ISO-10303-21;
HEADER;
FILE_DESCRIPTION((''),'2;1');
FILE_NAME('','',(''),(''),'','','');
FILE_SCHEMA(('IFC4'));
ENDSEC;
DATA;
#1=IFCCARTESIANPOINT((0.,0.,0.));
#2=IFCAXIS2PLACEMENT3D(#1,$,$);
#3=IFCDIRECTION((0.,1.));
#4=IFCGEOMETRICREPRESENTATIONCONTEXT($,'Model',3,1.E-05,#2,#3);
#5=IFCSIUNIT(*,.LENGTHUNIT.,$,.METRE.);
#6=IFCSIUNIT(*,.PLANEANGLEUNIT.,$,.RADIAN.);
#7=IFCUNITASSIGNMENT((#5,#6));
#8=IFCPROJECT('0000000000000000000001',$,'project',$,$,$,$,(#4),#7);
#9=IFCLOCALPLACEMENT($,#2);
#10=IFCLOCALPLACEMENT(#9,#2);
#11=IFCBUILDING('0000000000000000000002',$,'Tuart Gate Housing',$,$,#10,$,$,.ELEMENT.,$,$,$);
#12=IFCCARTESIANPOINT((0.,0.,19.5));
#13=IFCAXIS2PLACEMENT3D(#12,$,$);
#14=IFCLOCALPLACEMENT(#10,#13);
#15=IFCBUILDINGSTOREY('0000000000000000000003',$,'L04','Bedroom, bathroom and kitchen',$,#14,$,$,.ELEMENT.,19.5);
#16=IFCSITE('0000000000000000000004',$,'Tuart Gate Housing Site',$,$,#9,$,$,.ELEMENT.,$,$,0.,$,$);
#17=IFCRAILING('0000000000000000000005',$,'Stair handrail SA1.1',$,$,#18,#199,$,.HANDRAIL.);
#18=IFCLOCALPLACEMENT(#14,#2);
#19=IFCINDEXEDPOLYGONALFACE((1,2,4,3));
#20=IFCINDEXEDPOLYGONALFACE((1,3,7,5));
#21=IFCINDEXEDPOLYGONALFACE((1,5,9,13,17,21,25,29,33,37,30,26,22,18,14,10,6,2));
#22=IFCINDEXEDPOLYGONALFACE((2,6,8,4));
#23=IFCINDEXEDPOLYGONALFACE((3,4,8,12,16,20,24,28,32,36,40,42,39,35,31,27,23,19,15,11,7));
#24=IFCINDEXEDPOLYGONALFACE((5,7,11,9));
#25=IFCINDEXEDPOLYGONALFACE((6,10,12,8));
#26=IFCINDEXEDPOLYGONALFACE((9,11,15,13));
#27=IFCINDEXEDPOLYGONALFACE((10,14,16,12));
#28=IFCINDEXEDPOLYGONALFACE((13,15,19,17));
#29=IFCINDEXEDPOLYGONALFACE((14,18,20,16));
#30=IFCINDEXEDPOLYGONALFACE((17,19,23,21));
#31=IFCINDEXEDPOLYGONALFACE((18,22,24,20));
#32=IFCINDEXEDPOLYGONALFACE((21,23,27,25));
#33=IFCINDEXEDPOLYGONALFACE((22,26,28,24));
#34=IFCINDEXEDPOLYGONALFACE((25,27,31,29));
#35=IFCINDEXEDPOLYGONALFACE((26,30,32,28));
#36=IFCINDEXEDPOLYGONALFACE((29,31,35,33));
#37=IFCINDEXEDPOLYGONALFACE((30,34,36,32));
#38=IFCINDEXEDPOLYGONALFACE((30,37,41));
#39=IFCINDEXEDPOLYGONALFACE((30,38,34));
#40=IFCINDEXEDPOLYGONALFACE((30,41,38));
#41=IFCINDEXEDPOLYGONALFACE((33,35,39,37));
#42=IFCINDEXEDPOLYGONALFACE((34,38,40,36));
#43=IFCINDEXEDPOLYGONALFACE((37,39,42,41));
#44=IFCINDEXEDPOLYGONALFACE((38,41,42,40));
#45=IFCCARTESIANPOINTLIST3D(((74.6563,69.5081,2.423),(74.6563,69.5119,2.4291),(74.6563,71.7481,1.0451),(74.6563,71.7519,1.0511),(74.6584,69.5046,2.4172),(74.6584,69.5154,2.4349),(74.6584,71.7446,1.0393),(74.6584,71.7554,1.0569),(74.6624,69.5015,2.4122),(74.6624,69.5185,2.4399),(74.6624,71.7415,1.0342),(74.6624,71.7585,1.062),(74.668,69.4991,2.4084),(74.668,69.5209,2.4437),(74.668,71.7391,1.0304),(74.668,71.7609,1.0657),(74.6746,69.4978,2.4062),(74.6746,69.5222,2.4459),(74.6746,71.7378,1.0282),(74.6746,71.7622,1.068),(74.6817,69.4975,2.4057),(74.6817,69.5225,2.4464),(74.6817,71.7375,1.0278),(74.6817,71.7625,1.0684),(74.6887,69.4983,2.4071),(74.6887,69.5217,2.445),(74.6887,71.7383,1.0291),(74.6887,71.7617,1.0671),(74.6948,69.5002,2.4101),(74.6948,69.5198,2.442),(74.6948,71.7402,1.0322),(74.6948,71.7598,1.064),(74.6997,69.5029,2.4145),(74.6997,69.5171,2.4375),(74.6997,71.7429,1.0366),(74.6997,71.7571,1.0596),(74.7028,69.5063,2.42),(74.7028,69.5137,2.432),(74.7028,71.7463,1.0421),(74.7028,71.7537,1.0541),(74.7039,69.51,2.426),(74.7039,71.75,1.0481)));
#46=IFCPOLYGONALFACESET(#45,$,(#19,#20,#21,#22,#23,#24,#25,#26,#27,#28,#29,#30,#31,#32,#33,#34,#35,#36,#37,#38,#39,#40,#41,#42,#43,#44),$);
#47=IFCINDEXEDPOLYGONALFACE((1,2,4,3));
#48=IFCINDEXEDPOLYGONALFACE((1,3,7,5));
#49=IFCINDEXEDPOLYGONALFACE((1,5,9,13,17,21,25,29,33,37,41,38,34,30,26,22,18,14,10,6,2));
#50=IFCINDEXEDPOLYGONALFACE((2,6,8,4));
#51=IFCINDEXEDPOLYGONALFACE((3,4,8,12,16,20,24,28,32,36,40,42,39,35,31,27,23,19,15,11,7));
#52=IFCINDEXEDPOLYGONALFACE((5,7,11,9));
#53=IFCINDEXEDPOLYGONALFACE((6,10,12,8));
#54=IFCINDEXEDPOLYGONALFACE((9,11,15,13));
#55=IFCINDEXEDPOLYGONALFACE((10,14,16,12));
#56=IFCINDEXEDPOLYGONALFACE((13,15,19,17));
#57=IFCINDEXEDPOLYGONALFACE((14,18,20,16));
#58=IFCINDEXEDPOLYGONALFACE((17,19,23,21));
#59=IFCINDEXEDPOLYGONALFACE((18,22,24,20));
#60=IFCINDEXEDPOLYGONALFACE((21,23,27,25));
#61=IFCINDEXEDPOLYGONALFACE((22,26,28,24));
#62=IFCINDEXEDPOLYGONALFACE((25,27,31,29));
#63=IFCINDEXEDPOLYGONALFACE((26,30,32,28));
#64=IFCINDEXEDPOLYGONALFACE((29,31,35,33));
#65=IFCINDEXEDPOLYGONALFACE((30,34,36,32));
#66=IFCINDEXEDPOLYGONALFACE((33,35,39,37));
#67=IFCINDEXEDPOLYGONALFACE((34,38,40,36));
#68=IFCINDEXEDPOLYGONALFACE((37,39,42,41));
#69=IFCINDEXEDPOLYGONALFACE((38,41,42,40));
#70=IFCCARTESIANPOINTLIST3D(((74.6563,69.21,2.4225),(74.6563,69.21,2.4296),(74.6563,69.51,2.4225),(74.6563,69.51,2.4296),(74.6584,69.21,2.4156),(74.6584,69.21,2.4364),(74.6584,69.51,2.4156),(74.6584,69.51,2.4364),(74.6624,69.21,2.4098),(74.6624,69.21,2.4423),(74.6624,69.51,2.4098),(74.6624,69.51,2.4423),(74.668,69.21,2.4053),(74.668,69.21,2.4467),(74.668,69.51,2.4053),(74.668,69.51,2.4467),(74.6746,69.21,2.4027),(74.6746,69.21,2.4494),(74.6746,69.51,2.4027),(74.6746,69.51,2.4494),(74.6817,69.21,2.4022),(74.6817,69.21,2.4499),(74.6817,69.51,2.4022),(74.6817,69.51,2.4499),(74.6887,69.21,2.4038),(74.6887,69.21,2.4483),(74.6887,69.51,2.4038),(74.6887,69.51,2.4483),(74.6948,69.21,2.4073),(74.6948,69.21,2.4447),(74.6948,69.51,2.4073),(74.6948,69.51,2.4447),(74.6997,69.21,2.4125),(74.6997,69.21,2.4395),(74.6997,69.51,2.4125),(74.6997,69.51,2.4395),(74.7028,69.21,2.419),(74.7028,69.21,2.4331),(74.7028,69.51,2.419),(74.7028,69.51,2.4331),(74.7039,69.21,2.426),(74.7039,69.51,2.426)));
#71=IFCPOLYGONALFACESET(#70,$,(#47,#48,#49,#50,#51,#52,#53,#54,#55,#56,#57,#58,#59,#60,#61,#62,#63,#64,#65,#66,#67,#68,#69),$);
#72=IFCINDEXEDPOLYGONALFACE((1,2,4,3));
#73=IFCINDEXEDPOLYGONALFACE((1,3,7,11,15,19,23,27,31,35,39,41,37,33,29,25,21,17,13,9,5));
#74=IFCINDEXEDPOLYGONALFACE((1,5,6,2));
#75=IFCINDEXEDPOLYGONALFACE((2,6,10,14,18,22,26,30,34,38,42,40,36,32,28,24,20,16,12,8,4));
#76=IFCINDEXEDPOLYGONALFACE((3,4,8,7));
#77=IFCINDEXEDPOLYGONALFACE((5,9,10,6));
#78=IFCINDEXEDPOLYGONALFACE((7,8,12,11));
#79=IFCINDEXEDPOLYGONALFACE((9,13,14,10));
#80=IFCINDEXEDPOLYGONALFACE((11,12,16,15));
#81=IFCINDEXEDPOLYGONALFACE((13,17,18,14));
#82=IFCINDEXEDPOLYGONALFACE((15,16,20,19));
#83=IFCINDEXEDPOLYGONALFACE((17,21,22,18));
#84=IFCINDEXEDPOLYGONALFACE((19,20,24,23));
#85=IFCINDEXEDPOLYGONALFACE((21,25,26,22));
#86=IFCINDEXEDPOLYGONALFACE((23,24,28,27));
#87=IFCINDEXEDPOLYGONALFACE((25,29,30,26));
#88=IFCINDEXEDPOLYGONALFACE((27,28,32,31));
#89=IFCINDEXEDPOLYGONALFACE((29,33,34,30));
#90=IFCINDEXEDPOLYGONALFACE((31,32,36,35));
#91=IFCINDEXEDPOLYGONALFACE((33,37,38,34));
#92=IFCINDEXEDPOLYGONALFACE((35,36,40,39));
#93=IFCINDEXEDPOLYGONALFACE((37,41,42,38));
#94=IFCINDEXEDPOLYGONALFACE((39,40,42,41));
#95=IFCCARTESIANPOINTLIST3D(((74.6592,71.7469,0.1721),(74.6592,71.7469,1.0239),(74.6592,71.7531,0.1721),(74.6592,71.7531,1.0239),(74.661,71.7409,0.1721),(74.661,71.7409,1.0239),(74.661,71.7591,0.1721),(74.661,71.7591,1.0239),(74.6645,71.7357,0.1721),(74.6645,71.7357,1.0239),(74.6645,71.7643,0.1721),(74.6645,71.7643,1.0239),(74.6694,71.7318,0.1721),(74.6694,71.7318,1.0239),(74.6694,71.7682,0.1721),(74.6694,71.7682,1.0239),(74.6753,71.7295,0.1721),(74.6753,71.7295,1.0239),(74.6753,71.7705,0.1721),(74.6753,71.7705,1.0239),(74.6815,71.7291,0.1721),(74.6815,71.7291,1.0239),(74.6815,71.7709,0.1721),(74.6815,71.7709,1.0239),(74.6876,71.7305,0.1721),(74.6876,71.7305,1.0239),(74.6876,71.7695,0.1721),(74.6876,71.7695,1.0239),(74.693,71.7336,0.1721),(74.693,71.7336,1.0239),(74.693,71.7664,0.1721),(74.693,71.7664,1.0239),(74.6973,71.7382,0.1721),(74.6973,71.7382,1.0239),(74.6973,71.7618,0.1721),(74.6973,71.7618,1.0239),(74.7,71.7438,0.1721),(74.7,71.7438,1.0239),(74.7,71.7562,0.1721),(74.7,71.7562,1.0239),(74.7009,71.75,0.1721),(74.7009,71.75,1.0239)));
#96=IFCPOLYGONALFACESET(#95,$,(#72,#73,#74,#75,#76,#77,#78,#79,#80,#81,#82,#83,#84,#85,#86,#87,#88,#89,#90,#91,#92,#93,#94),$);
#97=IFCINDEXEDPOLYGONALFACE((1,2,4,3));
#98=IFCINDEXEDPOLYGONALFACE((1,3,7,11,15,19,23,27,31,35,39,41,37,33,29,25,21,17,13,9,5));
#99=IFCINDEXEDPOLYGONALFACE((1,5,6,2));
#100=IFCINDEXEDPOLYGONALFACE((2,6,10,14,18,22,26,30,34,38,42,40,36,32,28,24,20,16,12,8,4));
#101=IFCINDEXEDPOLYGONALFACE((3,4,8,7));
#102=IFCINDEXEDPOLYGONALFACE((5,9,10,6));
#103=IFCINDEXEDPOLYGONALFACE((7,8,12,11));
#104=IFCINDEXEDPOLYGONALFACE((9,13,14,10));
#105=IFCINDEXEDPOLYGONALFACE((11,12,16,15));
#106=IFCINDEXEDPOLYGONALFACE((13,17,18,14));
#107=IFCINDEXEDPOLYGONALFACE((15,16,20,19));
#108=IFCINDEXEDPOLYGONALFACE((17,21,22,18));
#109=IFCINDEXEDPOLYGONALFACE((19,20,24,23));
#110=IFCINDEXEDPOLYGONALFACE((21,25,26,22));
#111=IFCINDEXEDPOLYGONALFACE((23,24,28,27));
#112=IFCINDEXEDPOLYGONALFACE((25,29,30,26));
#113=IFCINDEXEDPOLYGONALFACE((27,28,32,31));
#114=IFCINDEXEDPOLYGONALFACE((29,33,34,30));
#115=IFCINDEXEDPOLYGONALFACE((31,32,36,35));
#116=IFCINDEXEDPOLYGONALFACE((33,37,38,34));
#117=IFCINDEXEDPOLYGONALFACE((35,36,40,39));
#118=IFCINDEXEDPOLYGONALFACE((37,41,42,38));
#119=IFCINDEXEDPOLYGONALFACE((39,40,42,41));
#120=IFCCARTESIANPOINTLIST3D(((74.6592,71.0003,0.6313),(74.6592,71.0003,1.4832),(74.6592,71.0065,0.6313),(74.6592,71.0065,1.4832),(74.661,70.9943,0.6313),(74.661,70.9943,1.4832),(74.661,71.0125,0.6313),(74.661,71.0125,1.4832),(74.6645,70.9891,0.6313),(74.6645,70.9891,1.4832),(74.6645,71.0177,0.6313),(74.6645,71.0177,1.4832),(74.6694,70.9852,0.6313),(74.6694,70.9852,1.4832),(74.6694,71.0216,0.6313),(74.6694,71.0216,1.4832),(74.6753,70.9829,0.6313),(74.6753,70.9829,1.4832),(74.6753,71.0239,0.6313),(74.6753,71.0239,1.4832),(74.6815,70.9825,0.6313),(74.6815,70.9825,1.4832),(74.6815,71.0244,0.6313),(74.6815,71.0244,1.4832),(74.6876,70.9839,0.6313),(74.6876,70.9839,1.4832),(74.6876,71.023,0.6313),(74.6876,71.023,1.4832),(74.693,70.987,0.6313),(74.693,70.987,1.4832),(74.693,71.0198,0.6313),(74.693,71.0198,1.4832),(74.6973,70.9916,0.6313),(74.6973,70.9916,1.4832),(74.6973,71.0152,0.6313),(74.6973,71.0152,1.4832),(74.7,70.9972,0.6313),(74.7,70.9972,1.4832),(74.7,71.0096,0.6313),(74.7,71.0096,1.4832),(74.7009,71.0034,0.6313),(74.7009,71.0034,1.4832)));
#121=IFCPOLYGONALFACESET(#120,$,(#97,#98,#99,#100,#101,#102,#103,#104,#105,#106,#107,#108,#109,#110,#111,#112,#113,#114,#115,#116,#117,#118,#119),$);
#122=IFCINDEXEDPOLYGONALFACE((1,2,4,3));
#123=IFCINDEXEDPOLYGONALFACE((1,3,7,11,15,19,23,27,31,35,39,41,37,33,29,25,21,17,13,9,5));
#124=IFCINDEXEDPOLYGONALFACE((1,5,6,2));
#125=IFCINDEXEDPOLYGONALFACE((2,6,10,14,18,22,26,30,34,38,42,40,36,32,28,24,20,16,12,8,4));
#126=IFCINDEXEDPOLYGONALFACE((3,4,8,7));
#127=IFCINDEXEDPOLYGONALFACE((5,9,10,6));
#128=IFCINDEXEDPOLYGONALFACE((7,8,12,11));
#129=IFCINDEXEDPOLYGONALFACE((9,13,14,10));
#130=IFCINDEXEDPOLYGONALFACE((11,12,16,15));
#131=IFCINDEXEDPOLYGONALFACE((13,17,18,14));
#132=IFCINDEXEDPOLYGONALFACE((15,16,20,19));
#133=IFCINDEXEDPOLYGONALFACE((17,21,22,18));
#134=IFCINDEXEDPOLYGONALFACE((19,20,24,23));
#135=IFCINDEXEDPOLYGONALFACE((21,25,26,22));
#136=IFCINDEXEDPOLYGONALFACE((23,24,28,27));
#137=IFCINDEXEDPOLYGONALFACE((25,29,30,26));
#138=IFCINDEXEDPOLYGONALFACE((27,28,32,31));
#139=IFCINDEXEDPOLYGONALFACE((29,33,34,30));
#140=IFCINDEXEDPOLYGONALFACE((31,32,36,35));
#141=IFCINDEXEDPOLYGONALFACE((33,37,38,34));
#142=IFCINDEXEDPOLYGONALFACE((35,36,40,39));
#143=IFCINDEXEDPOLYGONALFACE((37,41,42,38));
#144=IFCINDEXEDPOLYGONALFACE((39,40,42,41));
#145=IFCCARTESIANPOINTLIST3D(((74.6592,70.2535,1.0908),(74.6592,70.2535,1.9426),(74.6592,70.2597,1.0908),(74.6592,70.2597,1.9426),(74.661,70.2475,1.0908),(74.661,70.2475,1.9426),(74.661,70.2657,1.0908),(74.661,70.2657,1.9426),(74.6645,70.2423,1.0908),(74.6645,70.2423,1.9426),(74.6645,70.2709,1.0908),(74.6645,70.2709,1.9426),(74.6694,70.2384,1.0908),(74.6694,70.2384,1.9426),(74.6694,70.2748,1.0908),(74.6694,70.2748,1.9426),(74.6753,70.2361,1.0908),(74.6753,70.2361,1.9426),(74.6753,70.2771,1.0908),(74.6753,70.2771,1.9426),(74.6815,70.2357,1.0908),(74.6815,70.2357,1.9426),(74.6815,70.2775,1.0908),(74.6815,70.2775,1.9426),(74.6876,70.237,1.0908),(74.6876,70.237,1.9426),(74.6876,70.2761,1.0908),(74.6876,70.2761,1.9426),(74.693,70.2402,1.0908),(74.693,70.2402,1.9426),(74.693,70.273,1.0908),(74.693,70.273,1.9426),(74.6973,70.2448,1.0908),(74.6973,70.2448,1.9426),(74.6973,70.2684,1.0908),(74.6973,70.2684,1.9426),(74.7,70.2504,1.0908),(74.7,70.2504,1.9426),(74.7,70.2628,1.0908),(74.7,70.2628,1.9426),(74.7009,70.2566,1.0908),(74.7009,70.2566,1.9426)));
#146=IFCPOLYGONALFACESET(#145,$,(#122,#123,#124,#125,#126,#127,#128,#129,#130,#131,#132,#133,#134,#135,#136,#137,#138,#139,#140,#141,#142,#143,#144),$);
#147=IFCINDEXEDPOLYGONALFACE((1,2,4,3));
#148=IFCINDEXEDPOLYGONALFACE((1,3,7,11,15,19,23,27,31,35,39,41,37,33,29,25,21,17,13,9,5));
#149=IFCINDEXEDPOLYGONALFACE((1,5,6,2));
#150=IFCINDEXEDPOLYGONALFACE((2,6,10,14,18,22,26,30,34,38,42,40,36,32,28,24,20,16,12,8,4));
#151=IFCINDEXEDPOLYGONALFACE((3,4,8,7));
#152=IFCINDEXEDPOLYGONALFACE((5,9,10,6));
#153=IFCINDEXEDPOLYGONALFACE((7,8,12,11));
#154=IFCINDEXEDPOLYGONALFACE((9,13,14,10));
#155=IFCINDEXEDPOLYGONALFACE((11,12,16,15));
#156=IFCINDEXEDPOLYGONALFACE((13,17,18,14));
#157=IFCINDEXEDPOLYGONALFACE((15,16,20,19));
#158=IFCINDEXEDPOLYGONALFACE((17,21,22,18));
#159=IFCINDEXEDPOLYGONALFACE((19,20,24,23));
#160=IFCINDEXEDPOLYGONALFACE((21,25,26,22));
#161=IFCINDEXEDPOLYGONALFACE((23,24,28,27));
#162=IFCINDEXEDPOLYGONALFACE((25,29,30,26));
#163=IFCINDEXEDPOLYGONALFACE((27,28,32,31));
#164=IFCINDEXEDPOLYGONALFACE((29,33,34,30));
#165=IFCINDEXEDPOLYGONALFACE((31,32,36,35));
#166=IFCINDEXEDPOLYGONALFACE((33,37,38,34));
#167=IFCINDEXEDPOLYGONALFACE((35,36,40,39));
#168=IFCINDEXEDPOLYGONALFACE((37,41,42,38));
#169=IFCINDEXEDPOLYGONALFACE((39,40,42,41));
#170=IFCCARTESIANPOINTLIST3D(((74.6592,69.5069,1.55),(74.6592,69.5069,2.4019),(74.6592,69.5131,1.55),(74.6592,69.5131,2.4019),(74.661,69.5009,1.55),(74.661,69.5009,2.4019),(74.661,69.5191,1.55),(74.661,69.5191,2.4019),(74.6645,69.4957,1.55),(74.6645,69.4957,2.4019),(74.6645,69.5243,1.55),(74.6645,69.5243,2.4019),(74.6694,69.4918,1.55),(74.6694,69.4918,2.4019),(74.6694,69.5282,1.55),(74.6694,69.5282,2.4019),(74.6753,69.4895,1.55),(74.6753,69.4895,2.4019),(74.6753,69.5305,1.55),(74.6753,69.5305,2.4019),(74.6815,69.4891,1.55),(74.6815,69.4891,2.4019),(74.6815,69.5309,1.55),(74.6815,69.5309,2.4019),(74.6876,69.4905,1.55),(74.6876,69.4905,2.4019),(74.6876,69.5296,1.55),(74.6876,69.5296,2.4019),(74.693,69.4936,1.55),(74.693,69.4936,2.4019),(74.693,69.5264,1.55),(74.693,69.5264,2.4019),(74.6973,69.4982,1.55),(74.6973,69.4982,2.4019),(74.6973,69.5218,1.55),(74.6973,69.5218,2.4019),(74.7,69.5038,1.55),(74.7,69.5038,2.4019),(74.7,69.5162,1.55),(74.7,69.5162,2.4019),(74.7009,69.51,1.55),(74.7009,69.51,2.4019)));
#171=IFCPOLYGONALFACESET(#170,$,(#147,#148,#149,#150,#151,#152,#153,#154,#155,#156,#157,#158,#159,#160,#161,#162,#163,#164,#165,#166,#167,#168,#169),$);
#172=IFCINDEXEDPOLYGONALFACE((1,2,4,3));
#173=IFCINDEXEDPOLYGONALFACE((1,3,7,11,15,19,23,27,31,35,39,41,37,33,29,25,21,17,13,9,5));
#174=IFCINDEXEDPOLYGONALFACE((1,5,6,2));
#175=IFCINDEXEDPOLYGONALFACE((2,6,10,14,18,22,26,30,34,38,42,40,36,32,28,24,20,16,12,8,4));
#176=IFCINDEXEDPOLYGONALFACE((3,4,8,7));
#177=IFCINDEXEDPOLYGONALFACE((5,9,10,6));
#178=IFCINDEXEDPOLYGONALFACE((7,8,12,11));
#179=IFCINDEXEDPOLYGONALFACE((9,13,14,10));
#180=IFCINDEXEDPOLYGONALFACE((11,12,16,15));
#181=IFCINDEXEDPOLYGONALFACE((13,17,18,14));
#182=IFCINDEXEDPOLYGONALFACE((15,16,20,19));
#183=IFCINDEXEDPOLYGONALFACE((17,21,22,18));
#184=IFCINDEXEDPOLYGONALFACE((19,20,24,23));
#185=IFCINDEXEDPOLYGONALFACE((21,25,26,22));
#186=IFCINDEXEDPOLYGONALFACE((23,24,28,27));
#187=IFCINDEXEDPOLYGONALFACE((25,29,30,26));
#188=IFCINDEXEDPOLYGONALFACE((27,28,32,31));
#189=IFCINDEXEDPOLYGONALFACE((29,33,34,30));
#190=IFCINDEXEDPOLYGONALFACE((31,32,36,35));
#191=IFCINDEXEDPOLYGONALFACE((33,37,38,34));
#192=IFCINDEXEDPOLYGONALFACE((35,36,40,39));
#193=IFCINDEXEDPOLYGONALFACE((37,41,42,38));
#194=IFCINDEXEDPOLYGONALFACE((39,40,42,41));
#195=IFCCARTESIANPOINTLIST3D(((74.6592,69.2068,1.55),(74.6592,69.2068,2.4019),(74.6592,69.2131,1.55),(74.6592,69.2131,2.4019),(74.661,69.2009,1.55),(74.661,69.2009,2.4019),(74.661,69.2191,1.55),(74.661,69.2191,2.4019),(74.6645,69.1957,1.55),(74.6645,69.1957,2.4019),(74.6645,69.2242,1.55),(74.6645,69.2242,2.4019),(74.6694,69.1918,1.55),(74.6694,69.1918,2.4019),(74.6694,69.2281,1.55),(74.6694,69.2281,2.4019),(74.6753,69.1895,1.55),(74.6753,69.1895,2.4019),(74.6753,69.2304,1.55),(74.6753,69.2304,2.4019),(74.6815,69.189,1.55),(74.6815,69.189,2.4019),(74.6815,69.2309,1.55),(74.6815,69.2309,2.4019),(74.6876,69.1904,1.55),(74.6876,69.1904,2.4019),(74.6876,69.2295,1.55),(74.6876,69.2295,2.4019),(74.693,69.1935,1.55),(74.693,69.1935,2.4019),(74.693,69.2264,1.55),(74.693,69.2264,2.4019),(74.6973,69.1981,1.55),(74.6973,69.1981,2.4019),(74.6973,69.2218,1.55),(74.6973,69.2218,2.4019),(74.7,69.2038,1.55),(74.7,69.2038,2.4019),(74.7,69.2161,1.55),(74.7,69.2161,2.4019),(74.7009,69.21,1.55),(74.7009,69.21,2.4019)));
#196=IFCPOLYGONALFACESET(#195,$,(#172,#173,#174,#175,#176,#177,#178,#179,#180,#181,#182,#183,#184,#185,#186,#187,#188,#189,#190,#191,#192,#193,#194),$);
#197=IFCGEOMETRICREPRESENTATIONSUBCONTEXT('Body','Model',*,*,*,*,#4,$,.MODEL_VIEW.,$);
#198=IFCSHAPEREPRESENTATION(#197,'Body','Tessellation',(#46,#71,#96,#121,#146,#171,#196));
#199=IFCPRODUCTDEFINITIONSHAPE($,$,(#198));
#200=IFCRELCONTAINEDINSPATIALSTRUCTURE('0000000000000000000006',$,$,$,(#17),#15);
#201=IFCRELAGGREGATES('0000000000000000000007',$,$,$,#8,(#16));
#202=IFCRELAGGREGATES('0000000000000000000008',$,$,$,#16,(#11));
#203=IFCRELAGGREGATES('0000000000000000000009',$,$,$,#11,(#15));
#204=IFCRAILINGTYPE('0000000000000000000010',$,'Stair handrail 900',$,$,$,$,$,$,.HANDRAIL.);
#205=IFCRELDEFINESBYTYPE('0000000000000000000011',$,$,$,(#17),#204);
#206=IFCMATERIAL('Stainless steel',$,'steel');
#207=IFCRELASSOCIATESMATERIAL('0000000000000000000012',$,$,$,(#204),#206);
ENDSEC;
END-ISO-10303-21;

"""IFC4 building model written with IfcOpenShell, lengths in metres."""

from ifc_helpers import new_model, si_unit, direction, frame, origin, origin_2d, place, context, subcontext, project, spatial, circle, extrude, material, type_object, element, save


model = new_model("IFC4")

# Units and contexts
model_context = context("Model", 3, precision=1e-05, world=origin(), true_north=direction((0.0, 1.0)))
body_context = subcontext(model_context, "Body", "Model", "MODEL_VIEW")
ifc_project = project(units=[si_unit("LENGTHUNIT", "METRE"), si_unit("PLANEANGLEUNIT", "RADIAN")], contexts=[model_context])

# Site, building, storey
site_placement = place(None, origin())
site = spatial("IfcSite", under=ifc_project, at=site_placement, Name="Tuart Gate Housing Site", CompositionType="ELEMENT", RefElevation=0.0)
building_placement = place(site_placement, origin())
building = spatial("IfcBuilding", under=site, at=building_placement, Name="Tuart Gate Housing", CompositionType="ELEMENT")
storey_placement = place(building_placement, frame((0.0, 0.0, 19.5)))
storey = spatial("IfcBuildingStorey", under=building, at=storey_placement, Name="L04", Description="Bedroom, bathroom and kitchen", CompositionType="ELEMENT", Elevation=19.5)

# Railing
ifc_material_1 = material(Name="Stainless steel", Category="steel")
railing_type = type_object("IfcRailingType", Name="Stair handrail 900", PredefinedType="HANDRAIL", material=ifc_material_1)
railing_placement = place(storey_placement, frame((74.6799, 71.75, 0.1721)))
element("IfcRailing", 1, at=railing_placement, inside=storey, type_object=railing_type, Name="Stair handrail SA1.1", PredefinedType="HANDRAIL", context=body_context, shape_type="SweptSolid", body=[
    extrude(circle(Radius=0.0239, at=origin_2d()), frame((0.0, 0.0, 0.876), z_axis=(0.0, -0.851748, 0.523952), x_axis=(1.0, 0.0, 0.0)), (0.0, 0.0, 1.0), 2.6299),
    extrude(circle(Radius=0.0239, at=origin_2d()), frame((0.0, -2.24, 2.2539), z_axis=(0.0, -1.0, 0.0), x_axis=(1.0, 0.0, 0.0)), (0.0, 0.0, 1.0), 0.3),
    extrude(circle(Radius=0.021, at=origin_2d()), origin(), (0.0, 0.0, 1.0), 0.8518),
    extrude(circle(Radius=0.021, at=origin_2d()), frame((0.0, -0.7466, 0.4592)), (0.0, 0.0, 1.0), 0.8518),
    extrude(circle(Radius=0.021, at=origin_2d()), frame((0.0, -1.4934, 0.9187)), (0.0, 0.0, 1.0), 0.8518),
    extrude(circle(Radius=0.021, at=origin_2d()), frame((0.0, -2.24, 1.3779)), (0.0, 0.0, 1.0), 0.8518),
    extrude(circle(Radius=0.021, at=origin_2d()), frame((0.0, -2.54, 1.3779)), (0.0, 0.0, 1.0), 0.8518),
])

save(model, "model.ifc")
